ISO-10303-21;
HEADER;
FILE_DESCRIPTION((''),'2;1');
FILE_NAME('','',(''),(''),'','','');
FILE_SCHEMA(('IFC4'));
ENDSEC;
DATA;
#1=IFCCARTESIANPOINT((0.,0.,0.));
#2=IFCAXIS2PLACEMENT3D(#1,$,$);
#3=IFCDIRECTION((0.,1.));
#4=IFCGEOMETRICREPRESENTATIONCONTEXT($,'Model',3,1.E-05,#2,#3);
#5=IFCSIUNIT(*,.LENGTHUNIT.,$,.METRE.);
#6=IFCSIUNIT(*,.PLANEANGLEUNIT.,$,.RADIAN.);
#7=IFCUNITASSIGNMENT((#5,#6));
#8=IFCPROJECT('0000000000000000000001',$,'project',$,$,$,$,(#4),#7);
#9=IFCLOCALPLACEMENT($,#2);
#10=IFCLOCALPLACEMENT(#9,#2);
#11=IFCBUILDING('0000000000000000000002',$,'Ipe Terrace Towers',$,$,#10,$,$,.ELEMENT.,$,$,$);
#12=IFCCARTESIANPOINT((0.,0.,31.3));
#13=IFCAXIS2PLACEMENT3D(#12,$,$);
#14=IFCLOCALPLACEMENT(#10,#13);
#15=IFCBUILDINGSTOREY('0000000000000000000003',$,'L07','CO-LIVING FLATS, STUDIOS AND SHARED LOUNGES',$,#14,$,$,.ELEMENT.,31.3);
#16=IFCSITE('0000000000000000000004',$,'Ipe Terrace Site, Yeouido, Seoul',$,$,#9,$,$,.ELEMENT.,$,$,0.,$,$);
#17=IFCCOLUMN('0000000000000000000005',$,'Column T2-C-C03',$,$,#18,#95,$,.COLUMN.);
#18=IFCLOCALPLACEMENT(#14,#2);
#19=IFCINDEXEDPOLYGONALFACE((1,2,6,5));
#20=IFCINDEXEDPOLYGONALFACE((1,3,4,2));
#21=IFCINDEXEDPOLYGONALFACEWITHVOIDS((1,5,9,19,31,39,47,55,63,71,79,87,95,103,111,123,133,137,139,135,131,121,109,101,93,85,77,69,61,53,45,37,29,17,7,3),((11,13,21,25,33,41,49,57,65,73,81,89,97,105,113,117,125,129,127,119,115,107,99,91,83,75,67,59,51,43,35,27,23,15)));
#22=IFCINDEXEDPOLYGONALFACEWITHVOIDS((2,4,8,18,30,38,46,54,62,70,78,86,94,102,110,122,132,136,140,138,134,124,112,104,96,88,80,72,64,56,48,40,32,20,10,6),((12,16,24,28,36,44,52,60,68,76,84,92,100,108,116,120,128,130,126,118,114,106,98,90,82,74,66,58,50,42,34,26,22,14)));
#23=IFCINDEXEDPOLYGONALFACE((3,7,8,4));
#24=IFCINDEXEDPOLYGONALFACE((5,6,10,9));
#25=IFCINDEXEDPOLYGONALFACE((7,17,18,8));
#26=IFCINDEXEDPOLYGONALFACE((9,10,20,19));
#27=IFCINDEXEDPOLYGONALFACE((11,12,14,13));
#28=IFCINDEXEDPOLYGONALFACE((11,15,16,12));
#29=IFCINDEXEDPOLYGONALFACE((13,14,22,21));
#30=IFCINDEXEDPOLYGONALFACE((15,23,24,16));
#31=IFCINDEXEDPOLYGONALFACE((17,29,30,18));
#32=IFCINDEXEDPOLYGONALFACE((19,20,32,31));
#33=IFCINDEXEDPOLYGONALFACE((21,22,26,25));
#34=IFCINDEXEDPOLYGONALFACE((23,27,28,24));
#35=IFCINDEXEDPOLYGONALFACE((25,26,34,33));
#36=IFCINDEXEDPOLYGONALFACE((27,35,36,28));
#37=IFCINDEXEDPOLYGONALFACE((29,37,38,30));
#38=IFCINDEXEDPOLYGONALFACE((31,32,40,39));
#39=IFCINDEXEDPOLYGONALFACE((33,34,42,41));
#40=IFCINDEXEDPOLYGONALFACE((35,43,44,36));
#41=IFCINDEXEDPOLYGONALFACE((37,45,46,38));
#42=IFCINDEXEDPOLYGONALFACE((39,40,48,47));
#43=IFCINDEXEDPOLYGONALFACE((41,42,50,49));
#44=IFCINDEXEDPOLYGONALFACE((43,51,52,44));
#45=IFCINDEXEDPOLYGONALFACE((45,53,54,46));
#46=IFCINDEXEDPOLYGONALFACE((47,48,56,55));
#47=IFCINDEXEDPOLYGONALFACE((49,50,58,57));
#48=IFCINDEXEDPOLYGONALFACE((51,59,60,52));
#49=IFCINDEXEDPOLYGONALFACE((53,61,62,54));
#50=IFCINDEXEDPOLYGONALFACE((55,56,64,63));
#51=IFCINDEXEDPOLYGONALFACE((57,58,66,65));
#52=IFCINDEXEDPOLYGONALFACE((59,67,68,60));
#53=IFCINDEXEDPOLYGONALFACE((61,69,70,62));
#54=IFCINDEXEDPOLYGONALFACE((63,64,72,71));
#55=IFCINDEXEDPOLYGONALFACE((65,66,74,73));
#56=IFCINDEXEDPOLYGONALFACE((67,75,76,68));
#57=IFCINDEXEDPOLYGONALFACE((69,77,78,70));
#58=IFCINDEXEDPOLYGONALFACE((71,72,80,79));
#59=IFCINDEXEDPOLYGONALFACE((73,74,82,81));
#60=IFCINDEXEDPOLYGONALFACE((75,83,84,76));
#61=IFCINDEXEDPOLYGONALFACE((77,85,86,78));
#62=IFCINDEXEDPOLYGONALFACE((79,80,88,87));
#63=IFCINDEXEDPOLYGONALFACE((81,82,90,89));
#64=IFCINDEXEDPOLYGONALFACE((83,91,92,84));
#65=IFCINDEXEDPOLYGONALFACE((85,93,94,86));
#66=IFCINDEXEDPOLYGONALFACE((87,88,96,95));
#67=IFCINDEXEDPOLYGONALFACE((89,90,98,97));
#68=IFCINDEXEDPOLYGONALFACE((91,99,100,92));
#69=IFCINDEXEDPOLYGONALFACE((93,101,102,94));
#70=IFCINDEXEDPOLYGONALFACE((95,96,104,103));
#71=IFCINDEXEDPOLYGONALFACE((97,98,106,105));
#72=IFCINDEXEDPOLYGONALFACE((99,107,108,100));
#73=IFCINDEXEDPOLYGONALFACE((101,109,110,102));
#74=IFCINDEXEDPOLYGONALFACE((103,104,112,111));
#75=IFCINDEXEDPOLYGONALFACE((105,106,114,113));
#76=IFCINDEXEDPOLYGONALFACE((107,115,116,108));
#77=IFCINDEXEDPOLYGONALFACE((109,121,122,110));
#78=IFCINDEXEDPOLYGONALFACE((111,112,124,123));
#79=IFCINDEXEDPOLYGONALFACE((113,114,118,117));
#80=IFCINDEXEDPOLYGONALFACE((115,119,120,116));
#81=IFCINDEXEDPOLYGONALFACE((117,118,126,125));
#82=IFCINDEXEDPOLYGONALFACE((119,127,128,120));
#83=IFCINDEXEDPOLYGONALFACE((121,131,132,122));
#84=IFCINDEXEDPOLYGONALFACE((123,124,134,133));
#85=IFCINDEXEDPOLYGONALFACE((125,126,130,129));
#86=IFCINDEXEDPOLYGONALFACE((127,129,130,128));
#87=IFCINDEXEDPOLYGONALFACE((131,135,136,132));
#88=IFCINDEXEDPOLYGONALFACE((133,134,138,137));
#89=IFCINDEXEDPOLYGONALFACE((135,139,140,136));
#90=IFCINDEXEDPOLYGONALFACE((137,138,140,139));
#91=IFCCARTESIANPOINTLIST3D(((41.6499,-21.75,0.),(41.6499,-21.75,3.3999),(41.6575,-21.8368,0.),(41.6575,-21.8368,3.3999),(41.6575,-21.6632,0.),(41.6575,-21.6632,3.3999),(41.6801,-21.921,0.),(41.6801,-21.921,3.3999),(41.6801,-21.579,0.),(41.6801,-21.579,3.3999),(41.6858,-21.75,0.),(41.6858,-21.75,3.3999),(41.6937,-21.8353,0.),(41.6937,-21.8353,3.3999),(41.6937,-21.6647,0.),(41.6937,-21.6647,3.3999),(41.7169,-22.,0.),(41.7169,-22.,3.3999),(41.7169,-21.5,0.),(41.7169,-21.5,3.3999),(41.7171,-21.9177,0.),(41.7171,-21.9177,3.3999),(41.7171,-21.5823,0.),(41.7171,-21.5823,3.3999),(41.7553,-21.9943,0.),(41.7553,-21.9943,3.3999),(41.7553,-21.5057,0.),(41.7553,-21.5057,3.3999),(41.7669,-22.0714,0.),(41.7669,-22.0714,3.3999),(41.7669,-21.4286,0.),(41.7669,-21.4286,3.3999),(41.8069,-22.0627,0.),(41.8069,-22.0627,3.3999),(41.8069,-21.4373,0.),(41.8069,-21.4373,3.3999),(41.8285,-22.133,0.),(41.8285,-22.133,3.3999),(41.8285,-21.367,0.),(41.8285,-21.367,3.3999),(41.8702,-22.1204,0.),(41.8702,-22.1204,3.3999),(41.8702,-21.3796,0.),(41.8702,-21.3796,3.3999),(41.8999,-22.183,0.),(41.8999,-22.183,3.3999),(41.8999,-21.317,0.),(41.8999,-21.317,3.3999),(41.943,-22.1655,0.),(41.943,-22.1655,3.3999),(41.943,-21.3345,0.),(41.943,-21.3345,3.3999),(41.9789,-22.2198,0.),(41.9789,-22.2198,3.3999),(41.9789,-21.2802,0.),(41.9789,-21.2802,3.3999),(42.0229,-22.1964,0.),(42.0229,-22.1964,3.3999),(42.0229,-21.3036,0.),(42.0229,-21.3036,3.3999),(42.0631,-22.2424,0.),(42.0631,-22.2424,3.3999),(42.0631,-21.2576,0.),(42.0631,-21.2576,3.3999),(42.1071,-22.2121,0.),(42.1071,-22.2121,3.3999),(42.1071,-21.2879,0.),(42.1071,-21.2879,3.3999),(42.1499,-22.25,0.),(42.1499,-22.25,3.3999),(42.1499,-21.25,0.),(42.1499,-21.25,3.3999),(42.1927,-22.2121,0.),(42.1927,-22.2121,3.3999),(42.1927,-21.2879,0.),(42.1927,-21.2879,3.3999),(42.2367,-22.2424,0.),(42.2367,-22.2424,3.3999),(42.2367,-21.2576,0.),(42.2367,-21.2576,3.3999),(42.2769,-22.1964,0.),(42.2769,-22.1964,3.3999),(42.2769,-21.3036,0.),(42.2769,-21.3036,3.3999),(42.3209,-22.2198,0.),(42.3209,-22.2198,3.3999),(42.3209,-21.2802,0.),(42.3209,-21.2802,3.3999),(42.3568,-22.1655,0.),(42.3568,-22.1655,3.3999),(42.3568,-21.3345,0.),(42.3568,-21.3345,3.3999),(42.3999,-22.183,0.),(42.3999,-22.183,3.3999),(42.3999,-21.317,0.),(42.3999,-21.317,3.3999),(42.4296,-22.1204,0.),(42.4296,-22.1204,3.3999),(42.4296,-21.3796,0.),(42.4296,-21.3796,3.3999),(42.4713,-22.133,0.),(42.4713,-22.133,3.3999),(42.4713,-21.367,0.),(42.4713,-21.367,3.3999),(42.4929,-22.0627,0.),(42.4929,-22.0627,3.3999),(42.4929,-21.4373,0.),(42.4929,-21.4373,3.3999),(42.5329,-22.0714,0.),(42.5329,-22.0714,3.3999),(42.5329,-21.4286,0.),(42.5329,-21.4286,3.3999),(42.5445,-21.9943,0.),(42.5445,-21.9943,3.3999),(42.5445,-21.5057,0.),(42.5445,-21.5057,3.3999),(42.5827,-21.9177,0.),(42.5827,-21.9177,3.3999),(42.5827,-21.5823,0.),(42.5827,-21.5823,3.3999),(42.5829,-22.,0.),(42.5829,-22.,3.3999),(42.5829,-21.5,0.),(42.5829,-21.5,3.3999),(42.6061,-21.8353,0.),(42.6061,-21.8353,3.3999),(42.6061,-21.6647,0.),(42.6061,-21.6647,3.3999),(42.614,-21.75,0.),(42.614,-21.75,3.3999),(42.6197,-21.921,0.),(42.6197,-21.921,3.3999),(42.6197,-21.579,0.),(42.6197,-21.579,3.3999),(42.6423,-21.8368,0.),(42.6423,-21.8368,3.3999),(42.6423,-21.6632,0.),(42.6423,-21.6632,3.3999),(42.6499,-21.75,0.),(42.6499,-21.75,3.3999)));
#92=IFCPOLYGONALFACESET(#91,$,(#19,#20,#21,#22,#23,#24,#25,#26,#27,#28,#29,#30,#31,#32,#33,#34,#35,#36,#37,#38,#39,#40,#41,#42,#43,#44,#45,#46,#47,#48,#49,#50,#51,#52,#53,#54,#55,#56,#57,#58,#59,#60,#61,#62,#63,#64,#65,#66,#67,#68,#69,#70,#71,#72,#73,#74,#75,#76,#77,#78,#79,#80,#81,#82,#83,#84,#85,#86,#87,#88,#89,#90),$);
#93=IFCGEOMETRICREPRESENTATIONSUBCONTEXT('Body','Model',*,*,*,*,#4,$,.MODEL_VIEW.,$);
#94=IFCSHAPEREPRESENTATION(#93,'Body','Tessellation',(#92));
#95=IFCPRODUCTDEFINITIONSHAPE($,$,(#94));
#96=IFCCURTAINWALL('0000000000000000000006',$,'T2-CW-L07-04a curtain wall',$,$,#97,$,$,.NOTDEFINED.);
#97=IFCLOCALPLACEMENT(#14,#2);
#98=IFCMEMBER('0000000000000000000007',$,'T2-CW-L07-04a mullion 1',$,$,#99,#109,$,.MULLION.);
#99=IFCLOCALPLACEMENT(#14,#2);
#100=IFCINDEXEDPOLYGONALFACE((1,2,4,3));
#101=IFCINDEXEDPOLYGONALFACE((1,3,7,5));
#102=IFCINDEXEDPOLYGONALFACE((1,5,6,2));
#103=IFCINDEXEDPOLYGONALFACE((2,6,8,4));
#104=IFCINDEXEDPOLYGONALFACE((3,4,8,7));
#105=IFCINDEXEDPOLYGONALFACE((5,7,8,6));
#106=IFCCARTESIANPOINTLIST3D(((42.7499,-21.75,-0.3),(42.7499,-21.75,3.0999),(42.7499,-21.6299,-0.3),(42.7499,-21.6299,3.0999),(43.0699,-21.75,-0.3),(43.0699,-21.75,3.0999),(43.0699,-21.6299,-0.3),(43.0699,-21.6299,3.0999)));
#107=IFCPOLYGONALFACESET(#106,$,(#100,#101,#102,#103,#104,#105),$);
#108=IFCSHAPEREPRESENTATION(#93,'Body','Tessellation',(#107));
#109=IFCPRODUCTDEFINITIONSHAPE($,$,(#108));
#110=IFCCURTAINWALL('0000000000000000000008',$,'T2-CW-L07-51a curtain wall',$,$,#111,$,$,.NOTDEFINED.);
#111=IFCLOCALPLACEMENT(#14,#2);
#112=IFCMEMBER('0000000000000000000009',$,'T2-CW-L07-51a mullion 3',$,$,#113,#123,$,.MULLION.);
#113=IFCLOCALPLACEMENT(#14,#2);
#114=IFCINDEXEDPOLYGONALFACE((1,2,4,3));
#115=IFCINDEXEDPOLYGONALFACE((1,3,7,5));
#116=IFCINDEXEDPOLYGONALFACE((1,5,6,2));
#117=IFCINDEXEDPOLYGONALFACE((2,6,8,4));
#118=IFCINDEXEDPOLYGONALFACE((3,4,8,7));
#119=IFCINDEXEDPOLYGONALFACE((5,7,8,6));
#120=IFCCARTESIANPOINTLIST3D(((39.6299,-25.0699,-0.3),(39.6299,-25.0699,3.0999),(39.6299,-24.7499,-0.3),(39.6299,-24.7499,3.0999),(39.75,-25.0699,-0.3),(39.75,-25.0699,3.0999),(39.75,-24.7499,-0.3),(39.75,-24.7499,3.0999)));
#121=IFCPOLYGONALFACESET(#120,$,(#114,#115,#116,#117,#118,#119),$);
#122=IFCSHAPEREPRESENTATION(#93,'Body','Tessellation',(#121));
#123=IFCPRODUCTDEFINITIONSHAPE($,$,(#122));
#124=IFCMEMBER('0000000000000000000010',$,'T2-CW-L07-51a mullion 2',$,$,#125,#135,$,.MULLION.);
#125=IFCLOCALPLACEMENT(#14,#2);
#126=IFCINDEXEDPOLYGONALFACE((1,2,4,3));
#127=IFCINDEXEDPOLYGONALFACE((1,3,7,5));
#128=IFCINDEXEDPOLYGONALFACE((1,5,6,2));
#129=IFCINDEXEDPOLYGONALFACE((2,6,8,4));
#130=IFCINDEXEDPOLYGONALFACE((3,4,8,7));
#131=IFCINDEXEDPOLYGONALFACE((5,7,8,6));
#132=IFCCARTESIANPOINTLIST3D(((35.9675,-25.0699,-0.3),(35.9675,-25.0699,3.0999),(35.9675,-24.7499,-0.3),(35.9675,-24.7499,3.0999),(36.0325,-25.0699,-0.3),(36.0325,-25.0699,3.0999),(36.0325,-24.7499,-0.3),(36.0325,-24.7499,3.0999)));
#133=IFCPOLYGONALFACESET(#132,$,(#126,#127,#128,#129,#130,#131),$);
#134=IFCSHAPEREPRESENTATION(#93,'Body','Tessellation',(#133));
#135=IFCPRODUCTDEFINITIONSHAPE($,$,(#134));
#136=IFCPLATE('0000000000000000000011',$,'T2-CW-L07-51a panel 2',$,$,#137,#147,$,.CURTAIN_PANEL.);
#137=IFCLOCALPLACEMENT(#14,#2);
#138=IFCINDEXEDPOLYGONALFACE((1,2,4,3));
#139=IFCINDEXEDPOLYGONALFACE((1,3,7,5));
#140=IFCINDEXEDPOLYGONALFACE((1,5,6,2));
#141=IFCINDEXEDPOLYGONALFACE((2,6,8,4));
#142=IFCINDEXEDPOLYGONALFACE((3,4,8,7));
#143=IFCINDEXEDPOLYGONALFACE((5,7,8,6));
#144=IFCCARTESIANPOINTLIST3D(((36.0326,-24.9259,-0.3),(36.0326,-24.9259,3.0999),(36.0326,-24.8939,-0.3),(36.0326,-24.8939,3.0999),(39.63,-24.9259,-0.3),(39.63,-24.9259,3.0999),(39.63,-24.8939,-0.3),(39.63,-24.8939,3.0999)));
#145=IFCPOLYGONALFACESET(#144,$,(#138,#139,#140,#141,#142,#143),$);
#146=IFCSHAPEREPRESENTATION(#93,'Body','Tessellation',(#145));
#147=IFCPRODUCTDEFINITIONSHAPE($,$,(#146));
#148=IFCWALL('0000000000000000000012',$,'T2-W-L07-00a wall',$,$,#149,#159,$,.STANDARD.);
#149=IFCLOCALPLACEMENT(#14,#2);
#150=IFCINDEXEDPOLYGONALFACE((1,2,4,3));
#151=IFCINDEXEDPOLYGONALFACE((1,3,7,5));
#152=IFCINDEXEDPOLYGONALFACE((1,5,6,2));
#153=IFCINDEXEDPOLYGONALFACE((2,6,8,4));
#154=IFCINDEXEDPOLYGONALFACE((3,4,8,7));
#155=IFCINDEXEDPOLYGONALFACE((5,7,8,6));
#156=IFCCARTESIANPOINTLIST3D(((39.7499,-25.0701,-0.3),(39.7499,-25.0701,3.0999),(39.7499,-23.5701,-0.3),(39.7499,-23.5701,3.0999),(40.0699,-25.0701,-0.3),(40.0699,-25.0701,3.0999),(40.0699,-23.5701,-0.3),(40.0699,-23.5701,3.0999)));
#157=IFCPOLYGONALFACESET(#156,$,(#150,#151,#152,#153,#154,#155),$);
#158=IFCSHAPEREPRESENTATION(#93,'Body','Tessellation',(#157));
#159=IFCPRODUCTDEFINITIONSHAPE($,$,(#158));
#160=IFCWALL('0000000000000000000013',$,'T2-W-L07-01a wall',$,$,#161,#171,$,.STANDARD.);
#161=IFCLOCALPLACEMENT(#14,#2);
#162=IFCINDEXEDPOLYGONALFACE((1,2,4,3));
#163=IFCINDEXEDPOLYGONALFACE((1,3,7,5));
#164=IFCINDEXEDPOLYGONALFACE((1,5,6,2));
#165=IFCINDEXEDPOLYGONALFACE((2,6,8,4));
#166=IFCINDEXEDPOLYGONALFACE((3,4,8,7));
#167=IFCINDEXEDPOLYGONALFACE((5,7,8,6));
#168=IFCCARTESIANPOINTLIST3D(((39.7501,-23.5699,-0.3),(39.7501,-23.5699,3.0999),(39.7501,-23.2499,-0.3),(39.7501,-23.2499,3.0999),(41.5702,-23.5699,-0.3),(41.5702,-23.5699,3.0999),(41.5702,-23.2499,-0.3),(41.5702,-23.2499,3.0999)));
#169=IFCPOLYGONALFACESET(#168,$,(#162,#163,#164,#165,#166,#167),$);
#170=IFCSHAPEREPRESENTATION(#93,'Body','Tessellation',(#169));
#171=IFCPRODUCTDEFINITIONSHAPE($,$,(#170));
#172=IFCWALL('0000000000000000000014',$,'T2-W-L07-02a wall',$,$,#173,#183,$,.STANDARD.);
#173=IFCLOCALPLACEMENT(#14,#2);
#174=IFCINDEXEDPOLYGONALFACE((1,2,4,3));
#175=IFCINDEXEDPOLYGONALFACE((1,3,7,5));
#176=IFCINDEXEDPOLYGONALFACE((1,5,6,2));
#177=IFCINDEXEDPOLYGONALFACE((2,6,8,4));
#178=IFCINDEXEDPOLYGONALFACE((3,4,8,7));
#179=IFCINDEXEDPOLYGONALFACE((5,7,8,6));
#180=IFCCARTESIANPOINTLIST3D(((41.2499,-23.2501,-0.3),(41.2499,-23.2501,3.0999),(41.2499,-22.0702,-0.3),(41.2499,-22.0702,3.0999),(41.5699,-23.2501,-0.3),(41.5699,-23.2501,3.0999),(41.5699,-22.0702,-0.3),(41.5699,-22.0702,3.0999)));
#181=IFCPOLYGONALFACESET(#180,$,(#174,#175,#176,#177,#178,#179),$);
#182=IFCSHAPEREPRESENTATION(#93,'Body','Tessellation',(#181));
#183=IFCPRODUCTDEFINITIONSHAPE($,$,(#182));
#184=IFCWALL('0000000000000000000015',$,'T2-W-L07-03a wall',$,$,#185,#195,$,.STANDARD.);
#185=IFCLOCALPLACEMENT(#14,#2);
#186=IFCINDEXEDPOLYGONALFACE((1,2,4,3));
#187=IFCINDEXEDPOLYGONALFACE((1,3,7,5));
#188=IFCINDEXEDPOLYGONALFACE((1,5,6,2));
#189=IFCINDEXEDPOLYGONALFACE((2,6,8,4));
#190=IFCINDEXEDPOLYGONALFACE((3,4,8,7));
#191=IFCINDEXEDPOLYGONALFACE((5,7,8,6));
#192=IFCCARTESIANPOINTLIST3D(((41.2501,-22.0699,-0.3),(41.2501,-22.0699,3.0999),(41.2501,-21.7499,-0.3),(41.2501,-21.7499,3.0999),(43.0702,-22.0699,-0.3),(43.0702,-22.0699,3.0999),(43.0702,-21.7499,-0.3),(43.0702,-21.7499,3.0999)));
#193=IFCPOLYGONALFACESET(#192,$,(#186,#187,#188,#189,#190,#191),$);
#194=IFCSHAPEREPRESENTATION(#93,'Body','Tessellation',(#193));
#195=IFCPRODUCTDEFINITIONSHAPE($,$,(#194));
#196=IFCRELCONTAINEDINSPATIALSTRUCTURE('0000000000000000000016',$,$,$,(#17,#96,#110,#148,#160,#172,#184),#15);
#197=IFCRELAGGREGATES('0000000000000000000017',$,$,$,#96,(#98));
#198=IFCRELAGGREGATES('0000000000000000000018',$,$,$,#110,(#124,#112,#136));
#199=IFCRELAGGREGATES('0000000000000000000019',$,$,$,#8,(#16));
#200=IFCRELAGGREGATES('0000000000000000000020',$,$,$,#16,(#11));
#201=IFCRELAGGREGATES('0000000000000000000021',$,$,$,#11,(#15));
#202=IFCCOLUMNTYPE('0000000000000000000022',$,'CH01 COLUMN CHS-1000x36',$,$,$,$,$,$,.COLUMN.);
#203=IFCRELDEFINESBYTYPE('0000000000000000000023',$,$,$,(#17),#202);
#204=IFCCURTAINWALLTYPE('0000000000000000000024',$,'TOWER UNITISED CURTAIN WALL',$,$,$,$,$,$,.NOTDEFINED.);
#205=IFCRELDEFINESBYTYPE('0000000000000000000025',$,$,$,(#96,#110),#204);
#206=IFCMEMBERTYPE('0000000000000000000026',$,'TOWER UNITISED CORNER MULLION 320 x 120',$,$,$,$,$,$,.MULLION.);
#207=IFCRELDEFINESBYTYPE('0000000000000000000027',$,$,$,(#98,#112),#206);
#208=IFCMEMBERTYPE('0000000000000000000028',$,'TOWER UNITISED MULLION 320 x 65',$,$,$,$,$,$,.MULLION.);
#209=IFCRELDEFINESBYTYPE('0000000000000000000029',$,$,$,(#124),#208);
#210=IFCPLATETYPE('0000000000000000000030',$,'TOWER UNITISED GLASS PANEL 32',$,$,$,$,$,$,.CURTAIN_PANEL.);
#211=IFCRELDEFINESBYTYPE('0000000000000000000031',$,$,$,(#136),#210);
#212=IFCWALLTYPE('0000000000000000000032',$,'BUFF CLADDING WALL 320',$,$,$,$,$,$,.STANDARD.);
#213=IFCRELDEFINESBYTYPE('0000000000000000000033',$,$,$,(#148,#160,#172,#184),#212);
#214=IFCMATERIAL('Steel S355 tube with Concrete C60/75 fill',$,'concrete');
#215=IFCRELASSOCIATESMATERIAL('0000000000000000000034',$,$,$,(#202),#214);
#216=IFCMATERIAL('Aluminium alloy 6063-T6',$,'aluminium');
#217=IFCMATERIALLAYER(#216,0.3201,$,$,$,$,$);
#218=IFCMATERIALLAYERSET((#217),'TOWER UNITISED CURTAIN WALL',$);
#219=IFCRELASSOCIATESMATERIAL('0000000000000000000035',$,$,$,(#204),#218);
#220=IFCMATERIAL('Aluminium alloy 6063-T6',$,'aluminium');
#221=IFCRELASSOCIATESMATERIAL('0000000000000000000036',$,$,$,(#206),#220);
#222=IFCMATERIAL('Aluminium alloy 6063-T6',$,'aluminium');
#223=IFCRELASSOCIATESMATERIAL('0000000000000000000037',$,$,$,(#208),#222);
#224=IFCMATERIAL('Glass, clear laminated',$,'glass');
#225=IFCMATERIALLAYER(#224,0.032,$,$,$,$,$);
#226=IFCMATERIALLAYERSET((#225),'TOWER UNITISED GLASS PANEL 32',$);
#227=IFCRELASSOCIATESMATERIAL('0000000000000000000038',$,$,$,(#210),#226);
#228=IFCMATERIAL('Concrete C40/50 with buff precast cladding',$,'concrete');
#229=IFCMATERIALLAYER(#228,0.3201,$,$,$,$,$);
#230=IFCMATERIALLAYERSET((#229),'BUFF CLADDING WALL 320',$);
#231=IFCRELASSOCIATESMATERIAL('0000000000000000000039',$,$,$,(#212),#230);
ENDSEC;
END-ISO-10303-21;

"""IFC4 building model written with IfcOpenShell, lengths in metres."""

from ifc_helpers import new_model, si_unit, direction, frame, frame_2d, origin, origin_2d, place, context, subcontext, project, spatial, rectangle, hollow_circle, extrude, material, layer, layer_set, material_profile, profile_set, type_object, element, aggregate, save


model = new_model("IFC4")

# Units and contexts
model_context = context("Model", 3, precision=1e-05, world=origin(), true_north=direction((0.0, 1.0)))
body_context = subcontext(model_context, "Body", "Model", "MODEL_VIEW")
ifc_project = project(units=[si_unit("LENGTHUNIT", "METRE"), si_unit("PLANEANGLEUNIT", "RADIAN")], contexts=[model_context])

# Site, building, storey
site_placement = place(None, origin())
site = spatial("IfcSite", under=ifc_project, at=site_placement, Name="Ipe Terrace Site, Yeouido, Seoul", CompositionType="ELEMENT", RefElevation=0.0)
building_placement = place(site_placement, origin())
building = spatial("IfcBuilding", under=site, at=building_placement, Name="Ipe Terrace Towers", CompositionType="ELEMENT")
storey_placement = place(building_placement, frame((0.0, 0.0, 31.3)))
storey = spatial("IfcBuildingStorey", under=building, at=storey_placement, Name="L07", Description="CO-LIVING FLATS, STUDIOS AND SHARED LOUNGES", CompositionType="ELEMENT", Elevation=31.3)

# Column
ifc_material_1 = material(Name="Steel S355 tube with Concrete C60/75 fill", Category="concrete")
ifc_material_profile_1 = material_profile(ifc_material_1, hollow_circle(Radius=0.5, WallThickness=0.0359, at=origin_2d()), Name="CHS-1000x36")
ifc_profile_set_1 = profile_set([ifc_material_profile_1], Name="Steel S355 tube with Concrete C60/75 fill")
column_type = type_object("IfcColumnType", Name="CH01 COLUMN CHS-1000x36", PredefinedType="COLUMN", material=ifc_profile_set_1)
column_placement = place(storey_placement, frame((42.1499, -21.75, 0.0), z_axis=(0.0, 0.0, 1.0), x_axis=(1.0, 0.0, 0.0)))
element("IfcColumn", 1, at=column_placement, inside=storey, type_object=column_type, Name="Column T2-C-C03", PredefinedType="COLUMN", context=body_context, shape_type="SweptSolid", body=[
    extrude(hollow_circle(Radius=0.5, WallThickness=0.0359, at=origin_2d()), origin(), (0.0, 0.0, 1.0), 3.3999),
])

# Curtain wall, member
ifc_material_2 = material(Name="Aluminium alloy 6063-T6", Category="aluminium")
ifc_layer_1 = layer(ifc_material_2, 0.3201)
ifc_layer_set_1 = layer_set([ifc_layer_1], Name="TOWER UNITISED CURTAIN WALL")
curtain_wall_type = type_object("IfcCurtainWallType", Name="TOWER UNITISED CURTAIN WALL", PredefinedType="NOTDEFINED", material=ifc_layer_set_1)
curtain_wall_1_placement = place(storey_placement, origin())
curtain_wall_1 = element("IfcCurtainWall", 2, at=curtain_wall_1_placement, inside=storey, type_object=curtain_wall_type, Name="T2-CW-L07-04a curtain wall", PredefinedType="NOTDEFINED")
ifc_material_3 = material(Name="Aluminium alloy 6063-T6", Category="aluminium")
ifc_material_profile_2 = material_profile(ifc_material_3, rectangle(XDim=0.3201, YDim=0.1201, at=origin_2d()), Name="TOWER UNITISED CORNER MULLION 320 x 120")
ifc_profile_set_2 = profile_set([ifc_material_profile_2], Name="Aluminium alloy 6063-T6")
member_type_1 = type_object("IfcMemberType", Name="TOWER UNITISED CORNER MULLION 320 x 120", PredefinedType="MULLION", material=ifc_profile_set_2)
member_1_placement = place(storey_placement, frame((42.9099, -21.6899, -0.3), z_axis=(0.0, 0.0, 1.0), x_axis=(1.0, 0.0, 0.0)))
member_1 = element("IfcMember", 3, at=member_1_placement, type_object=member_type_1, Name="T2-CW-L07-04a mullion 1", PredefinedType="MULLION", context=body_context, shape_type="SweptSolid", body=[
    extrude(rectangle(XDim=0.3201, YDim=0.1201, at=origin_2d()), origin(), (0.0, 0.0, 1.0), 3.3999),
])
aggregate(curtain_wall_1, [member_1])

# Curtain wall, members, plate
curtain_wall_2_placement = place(storey_placement, origin())
curtain_wall_2 = element("IfcCurtainWall", 4, at=curtain_wall_2_placement, inside=storey, type_object=curtain_wall_type, Name="T2-CW-L07-51a curtain wall", PredefinedType="NOTDEFINED")
member_2_placement = place(storey_placement, frame((39.6899, -24.9099, -0.3), z_axis=(0.0, 0.0, 1.0), x_axis=(0.0, -1.0, 0.0)))
member_2 = element("IfcMember", 5, at=member_2_placement, type_object=member_type_1, Name="T2-CW-L07-51a mullion 3", PredefinedType="MULLION", context=body_context, shape_type="SweptSolid", body=[
    extrude(rectangle(XDim=0.3201, YDim=0.1201, at=origin_2d()), origin(), (0.0, 0.0, 1.0), 3.3999),
])
ifc_material_4 = material(Name="Aluminium alloy 6063-T6", Category="aluminium")
ifc_material_profile_3 = material_profile(ifc_material_4, rectangle(XDim=0.3201, YDim=0.0649, at=origin_2d()), Name="TOWER UNITISED MULLION 320 x 65")
ifc_profile_set_3 = profile_set([ifc_material_profile_3], Name="Aluminium alloy 6063-T6")
member_type_2 = type_object("IfcMemberType", Name="TOWER UNITISED MULLION 320 x 65", PredefinedType="MULLION", material=ifc_profile_set_3)
member_3_placement = place(storey_placement, frame((36.0, -24.9099, -0.3), z_axis=(0.0, 0.0, 1.0), x_axis=(0.0, -1.0, 0.0)))
member_3 = element("IfcMember", 6, at=member_3_placement, type_object=member_type_2, Name="T2-CW-L07-51a mullion 2", PredefinedType="MULLION", context=body_context, shape_type="SweptSolid", body=[
    extrude(rectangle(XDim=0.3201, YDim=0.0649, at=origin_2d()), origin(), (0.0, 0.0, 1.0), 3.3999),
])
ifc_material_5 = material(Name="Glass, clear laminated", Category="glass")
ifc_layer_2 = layer(ifc_material_5, 0.032)
ifc_layer_set_2 = layer_set([ifc_layer_2], Name="TOWER UNITISED GLASS PANEL 32")
plate_type = type_object("IfcPlateType", Name="TOWER UNITISED GLASS PANEL 32", PredefinedType="CURTAIN_PANEL", material=ifc_layer_set_2)
plate_placement = place(storey_placement, frame((37.8313, -24.9099, -0.3), z_axis=(0.0, 0.0, 1.0), x_axis=(1.0, 0.0, 0.0)))
plate = element("IfcPlate", 7, at=plate_placement, type_object=plate_type, Name="T2-CW-L07-51a panel 2", PredefinedType="CURTAIN_PANEL", context=body_context, shape_type="SweptSolid", body=[
    extrude(rectangle(XDim=3.5974, YDim=0.032, at=origin_2d()), origin(), (0.0, 0.0, 1.0), 3.3999),
])
aggregate(curtain_wall_2, [member_3, member_2, plate])

# Walls
ifc_material_6 = material(Name="Concrete C40/50 with buff precast cladding", Category="concrete")
ifc_layer_3 = layer(ifc_material_6, 0.3201)
ifc_layer_set_3 = layer_set([ifc_layer_3], Name="BUFF CLADDING WALL 320")
wall_type_1 = type_object("IfcWallType", Name="BUFF CLADDING WALL 320", PredefinedType="STANDARD", material=ifc_layer_set_3)
wall_1_placement = place(storey_placement, frame((39.9099, -25.0701, -0.3), z_axis=(0.0, 0.0, 1.0), x_axis=(0.0, 1.0, 0.0)))
element("IfcWall", 8, at=wall_1_placement, inside=storey, type_object=wall_type_1, Name="T2-W-L07-00a wall", PredefinedType="STANDARD", context=body_context, shape_type="SweptSolid", body=[
    extrude(rectangle(XDim=1.5, YDim=0.3201, at=frame_2d((0.75, 0.0))), origin(), (0.0, 0.0, 1.0), 3.3999),
])
wall_2_placement = place(storey_placement, frame((39.75, -23.4099, -0.3), z_axis=(0.0, 0.0, 1.0), x_axis=(1.0, 0.0, 0.0)))
element("IfcWall", 9, at=wall_2_placement, inside=storey, type_object=wall_type_1, Name="T2-W-L07-01a wall", PredefinedType="STANDARD", context=body_context, shape_type="SweptSolid", body=[
    extrude(rectangle(XDim=1.8201, YDim=0.3201, at=frame_2d((0.9102, 0.0))), origin(), (0.0, 0.0, 1.0), 3.3999),
])
wall_3_placement = place(storey_placement, frame((41.4099, -23.25, -0.3), z_axis=(0.0, 0.0, 1.0), x_axis=(0.0, 1.0, 0.0)))
element("IfcWall", 10, at=wall_3_placement, inside=storey, type_object=wall_type_1, Name="T2-W-L07-02a wall", PredefinedType="STANDARD", context=body_context, shape_type="SweptSolid", body=[
    extrude(rectangle(XDim=1.1799, YDim=0.3201, at=frame_2d((0.5898, 0.0))), origin(), (0.0, 0.0, 1.0), 3.3999),
])
wall_4_placement = place(storey_placement, frame((41.25, -21.9099, -0.3), z_axis=(0.0, 0.0, 1.0), x_axis=(1.0, 0.0, 0.0)))
element("IfcWall", 11, at=wall_4_placement, inside=storey, type_object=wall_type_1, Name="T2-W-L07-03a wall", PredefinedType="STANDARD", context=body_context, shape_type="SweptSolid", body=[
    extrude(rectangle(XDim=1.8201, YDim=0.3201, at=frame_2d((0.9102, 0.0))), origin(), (0.0, 0.0, 1.0), 3.3999),
])

save(model, "model.ifc")
